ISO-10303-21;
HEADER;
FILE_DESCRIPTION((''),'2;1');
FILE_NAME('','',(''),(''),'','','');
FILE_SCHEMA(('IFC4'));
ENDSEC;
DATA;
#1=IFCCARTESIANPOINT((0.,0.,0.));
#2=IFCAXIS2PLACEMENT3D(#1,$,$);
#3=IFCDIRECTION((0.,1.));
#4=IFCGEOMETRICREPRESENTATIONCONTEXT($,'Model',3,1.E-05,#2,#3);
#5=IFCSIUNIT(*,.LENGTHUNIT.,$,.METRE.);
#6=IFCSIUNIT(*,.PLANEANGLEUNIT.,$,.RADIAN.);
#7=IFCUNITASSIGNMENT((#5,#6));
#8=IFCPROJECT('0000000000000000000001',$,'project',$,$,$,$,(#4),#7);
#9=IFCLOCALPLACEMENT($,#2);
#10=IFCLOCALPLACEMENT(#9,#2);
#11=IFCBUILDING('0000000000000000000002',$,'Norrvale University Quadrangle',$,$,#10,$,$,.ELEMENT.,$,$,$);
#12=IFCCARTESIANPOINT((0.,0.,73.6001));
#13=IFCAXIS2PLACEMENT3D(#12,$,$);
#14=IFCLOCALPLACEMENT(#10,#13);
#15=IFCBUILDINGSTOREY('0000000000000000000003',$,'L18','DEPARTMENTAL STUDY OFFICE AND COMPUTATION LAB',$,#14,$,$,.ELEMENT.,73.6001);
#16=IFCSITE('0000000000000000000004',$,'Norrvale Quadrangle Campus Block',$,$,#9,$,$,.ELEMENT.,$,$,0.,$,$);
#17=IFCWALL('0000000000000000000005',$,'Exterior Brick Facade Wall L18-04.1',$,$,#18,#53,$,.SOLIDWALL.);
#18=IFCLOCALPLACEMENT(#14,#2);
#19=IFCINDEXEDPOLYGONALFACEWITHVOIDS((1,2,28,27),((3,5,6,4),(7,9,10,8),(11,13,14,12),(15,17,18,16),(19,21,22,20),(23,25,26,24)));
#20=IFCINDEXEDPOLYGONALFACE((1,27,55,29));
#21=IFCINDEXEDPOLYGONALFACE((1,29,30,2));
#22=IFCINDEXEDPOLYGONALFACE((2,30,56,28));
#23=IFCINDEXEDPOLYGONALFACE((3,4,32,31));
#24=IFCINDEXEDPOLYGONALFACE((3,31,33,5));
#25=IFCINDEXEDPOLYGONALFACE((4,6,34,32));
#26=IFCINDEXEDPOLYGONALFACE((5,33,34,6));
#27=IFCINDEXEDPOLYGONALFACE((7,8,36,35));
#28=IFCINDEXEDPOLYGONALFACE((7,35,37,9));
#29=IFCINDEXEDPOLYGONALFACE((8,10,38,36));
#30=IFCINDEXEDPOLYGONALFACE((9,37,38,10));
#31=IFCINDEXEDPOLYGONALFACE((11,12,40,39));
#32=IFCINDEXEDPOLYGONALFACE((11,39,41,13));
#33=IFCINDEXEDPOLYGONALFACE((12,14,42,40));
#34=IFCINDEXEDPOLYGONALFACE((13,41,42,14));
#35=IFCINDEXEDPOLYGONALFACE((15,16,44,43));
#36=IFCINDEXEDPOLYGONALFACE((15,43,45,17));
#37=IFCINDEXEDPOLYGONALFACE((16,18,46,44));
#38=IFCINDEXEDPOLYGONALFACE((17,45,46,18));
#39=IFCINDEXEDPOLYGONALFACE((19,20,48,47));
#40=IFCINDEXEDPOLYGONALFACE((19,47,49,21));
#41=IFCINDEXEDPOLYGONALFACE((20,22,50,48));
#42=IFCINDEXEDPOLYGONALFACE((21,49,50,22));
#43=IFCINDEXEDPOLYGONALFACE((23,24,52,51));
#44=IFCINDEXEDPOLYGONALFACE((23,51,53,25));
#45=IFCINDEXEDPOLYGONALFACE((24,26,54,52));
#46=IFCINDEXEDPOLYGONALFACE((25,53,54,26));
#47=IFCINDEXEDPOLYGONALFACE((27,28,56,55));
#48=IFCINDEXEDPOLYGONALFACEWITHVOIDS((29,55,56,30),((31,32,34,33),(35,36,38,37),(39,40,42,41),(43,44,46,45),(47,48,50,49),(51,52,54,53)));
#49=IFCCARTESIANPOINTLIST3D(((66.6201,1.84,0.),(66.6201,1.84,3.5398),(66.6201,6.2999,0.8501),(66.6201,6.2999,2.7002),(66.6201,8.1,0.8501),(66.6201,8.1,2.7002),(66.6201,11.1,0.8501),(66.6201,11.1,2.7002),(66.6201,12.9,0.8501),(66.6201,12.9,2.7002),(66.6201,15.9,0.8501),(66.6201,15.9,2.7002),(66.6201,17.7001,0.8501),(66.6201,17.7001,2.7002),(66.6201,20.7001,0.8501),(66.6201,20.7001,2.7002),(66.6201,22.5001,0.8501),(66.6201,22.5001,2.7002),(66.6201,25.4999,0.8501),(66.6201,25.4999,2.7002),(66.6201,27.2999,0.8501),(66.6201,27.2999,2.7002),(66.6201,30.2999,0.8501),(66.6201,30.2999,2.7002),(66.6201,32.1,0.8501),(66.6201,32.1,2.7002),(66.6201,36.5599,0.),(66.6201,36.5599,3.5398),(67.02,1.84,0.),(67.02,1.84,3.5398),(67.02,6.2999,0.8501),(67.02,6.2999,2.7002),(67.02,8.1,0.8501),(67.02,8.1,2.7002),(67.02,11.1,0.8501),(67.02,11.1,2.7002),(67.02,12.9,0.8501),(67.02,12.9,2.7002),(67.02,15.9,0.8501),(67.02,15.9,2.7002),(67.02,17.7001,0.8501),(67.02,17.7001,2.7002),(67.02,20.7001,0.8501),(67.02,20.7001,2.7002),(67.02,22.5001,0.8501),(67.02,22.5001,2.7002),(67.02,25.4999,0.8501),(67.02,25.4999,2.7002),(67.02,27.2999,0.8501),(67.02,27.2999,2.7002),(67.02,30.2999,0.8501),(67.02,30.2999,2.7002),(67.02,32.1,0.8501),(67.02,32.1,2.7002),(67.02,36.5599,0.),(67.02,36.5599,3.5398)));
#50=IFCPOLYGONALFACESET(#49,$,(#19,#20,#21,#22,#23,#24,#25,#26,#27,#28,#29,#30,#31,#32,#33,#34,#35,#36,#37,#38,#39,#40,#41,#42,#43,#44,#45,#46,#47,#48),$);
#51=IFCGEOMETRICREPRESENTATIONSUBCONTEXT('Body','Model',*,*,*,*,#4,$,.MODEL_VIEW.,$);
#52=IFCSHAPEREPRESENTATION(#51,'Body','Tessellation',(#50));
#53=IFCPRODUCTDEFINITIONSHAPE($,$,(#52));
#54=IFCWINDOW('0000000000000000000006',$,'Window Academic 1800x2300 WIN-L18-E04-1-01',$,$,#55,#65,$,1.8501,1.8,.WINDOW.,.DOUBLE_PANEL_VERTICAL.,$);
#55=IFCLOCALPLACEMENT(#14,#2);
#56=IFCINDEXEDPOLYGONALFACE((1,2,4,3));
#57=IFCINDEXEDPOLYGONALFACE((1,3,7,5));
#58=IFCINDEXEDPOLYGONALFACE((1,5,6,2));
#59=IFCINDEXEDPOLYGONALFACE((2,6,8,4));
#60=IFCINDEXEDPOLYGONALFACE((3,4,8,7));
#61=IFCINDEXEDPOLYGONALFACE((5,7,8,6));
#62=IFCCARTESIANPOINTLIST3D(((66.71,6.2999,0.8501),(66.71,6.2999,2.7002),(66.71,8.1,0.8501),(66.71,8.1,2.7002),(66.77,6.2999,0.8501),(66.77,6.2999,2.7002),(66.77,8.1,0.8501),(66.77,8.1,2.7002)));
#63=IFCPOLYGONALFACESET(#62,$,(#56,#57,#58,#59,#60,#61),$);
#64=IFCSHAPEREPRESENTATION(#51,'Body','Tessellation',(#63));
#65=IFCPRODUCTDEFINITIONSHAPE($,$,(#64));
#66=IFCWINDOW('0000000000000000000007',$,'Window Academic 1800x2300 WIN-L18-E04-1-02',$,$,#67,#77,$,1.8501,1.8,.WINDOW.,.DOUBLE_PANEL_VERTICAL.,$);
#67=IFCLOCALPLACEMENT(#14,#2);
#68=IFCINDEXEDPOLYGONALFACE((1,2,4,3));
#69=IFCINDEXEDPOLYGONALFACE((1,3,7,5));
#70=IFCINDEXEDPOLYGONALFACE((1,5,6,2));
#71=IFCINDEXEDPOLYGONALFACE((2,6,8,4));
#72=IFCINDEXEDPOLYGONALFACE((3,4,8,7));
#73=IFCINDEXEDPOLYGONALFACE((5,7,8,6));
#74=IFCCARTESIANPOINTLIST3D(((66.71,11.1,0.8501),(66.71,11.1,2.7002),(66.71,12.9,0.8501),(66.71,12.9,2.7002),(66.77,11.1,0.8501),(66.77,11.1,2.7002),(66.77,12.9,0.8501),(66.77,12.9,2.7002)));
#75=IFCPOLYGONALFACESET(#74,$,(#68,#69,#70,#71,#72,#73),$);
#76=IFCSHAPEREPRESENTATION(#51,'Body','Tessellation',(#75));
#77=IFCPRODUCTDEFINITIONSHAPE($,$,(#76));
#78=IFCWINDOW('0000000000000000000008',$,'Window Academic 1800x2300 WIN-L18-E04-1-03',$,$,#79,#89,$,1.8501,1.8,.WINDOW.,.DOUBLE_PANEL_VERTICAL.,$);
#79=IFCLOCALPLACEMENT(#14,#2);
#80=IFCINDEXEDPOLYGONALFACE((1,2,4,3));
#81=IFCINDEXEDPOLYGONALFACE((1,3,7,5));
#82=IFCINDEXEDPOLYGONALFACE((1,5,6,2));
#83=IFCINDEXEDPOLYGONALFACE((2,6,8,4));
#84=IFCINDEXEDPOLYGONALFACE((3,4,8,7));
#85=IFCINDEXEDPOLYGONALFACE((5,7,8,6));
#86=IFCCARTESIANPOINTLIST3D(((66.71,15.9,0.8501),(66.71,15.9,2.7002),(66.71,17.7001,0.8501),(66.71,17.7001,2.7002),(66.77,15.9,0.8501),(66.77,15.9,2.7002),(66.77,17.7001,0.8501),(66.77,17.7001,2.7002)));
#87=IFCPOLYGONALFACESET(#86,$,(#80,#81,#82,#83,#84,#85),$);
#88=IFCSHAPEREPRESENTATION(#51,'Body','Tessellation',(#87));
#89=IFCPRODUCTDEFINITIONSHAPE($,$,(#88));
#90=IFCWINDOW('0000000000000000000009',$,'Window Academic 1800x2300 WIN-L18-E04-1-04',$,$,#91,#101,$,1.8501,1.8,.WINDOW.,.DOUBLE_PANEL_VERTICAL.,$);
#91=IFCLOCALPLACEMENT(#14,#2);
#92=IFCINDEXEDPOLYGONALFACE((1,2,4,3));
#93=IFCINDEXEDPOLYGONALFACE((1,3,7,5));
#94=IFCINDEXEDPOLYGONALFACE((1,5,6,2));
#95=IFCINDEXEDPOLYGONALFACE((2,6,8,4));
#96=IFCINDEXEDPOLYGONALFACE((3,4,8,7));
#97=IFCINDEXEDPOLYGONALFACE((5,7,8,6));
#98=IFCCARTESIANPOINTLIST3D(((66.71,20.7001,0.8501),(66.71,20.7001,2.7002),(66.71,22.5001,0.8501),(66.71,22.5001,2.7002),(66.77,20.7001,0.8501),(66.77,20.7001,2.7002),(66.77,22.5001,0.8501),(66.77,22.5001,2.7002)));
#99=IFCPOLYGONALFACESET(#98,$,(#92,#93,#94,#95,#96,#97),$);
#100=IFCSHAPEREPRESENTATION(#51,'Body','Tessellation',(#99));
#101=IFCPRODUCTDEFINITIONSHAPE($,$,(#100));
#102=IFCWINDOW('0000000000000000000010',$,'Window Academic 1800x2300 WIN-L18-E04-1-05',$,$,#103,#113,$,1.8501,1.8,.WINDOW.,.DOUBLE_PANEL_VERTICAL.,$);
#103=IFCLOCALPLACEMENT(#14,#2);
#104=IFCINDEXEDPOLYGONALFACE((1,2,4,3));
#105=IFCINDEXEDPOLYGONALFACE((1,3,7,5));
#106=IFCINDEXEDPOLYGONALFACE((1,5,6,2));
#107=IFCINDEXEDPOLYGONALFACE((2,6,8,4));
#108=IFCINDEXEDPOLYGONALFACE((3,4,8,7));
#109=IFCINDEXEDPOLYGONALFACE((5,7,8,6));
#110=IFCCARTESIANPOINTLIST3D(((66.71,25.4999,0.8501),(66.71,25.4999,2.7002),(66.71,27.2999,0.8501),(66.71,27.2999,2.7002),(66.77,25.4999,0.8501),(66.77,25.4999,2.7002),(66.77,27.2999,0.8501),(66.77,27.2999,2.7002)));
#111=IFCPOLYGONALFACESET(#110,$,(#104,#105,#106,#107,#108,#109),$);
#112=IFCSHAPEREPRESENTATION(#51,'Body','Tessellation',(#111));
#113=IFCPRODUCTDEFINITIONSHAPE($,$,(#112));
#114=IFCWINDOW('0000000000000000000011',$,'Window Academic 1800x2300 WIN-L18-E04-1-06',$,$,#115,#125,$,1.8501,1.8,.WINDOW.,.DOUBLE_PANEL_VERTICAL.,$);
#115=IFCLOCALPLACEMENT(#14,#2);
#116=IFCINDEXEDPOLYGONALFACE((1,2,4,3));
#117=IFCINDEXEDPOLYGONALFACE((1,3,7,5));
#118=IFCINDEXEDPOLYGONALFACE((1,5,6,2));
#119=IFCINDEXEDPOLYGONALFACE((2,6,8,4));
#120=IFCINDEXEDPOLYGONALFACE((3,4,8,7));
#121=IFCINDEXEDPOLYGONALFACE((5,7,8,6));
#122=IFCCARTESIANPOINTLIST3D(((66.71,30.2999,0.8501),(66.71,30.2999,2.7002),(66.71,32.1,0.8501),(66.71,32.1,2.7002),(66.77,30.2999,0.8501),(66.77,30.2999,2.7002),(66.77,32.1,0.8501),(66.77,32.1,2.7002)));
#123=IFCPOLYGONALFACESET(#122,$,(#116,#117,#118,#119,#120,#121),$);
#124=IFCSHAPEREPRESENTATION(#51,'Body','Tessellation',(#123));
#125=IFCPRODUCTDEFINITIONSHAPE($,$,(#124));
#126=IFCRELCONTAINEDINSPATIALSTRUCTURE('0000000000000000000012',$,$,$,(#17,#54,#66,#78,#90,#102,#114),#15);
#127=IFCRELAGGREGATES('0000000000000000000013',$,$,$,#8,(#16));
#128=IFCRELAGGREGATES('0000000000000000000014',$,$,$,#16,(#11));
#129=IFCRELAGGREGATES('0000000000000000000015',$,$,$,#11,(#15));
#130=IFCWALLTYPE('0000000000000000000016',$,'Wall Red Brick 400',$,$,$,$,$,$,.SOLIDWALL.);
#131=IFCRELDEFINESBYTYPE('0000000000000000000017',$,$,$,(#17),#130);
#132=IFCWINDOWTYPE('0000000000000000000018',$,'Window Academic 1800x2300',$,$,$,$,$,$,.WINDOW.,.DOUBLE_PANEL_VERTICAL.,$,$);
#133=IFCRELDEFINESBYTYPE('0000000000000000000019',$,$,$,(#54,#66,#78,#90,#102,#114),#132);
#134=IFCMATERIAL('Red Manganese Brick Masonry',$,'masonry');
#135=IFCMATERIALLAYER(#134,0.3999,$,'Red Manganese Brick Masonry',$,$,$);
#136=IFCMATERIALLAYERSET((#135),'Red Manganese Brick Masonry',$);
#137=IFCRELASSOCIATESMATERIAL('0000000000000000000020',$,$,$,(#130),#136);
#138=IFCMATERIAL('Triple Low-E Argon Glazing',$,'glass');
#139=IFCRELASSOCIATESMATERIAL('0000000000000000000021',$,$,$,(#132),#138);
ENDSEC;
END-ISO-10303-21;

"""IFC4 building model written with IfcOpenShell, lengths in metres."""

from ifc_helpers import new_model, si_unit, direction, frame, frame_2d, origin, place, context, subcontext, project, spatial, rectangle, extrude, material, layer, layer_set, type_object, element, fill, save


model = new_model("IFC4")

# Units and contexts
model_context = context("Model", 3, precision=1e-05, world=origin(), true_north=direction((0.0, 1.0)))
body_context = subcontext(model_context, "Body", "Model", "MODEL_VIEW")
ifc_project = project(units=[si_unit("LENGTHUNIT", "METRE"), si_unit("PLANEANGLEUNIT", "RADIAN")], contexts=[model_context])

# Site, building, storey
site_placement = place(None, origin())
site = spatial("IfcSite", under=ifc_project, at=site_placement, Name="Norrvale Quadrangle Campus Block", CompositionType="ELEMENT", RefElevation=0.0)
building_placement = place(site_placement, origin())
building = spatial("IfcBuilding", under=site, at=building_placement, Name="Norrvale University Quadrangle", CompositionType="ELEMENT")
storey_placement = place(building_placement, frame((0.0, 0.0, 73.6001)))
storey = spatial("IfcBuildingStorey", under=building, at=storey_placement, Name="L18", Description="DEPARTMENTAL STUDY OFFICE AND COMPUTATION LAB", CompositionType="ELEMENT", Elevation=73.6001)

# Shared definitions
ifc_material_1 = material(Name="Red Manganese Brick Masonry", Category="masonry")
ifc_layer_1 = layer(ifc_material_1, 0.3999, Name="Red Manganese Brick Masonry")
ifc_layer_set_1 = layer_set([ifc_layer_1], Name="Red Manganese Brick Masonry")
wall_type_1 = type_object("IfcWallType", Name="Wall Red Brick 400", PredefinedType="SOLIDWALL", material=ifc_layer_set_1)

# Wall, openings, windows
wall_1_placement = place(storey_placement, frame((66.8201, 1.8401, 0.0), z_axis=(0.0, 0.0, 1.0), x_axis=(0.0, 1.0, 0.0)))
wall_1 = element("IfcWall", 1, at=wall_1_placement, inside=storey, type_object=wall_type_1, Name="Exterior Brick Facade Wall L18-04.1", PredefinedType="SOLIDWALL", context=body_context, shape_type="SweptSolid", body=[
    extrude(rectangle(XDim=34.72, YDim=0.3999, at=frame_2d((17.3599, 0.0))), origin(), (0.0, 0.0, 1.0), 3.5398),
])
opening_1_placement = place(wall_1_placement, frame((4.46, 0.0, 0.8501)))
opening_1 = element("IfcOpeningElement", 2, at=opening_1_placement, cuts=wall_1, PredefinedType="OPENING", context=body_context, shape_type="SweptSolid", body=[
    extrude(rectangle(XDim=1.8, YDim=1.8501, at=frame_2d((0.8999, 0.925))), frame((0.0, 0.2119, 0.0), z_axis=(0.0, -1.0, 0.0), x_axis=(1.0, 0.0, 0.0)), (0.0, 0.0, 1.0), 0.4238),
])
opening_2_placement = place(wall_1_placement, frame((9.26, 0.0, 0.8501)))
opening_2 = element("IfcOpeningElement", 3, at=opening_2_placement, cuts=wall_1, PredefinedType="OPENING", context=body_context, shape_type="SweptSolid", body=[
    extrude(rectangle(XDim=1.8, YDim=1.8501, at=frame_2d((0.8999, 0.925))), frame((0.0, 0.2119, 0.0), z_axis=(0.0, -1.0, 0.0), x_axis=(1.0, 0.0, 0.0)), (0.0, 0.0, 1.0), 0.4238),
])
opening_3_placement = place(wall_1_placement, frame((14.0601, 0.0, 0.8501)))
opening_3 = element("IfcOpeningElement", 4, at=opening_3_placement, cuts=wall_1, PredefinedType="OPENING", context=body_context, shape_type="SweptSolid", body=[
    extrude(rectangle(XDim=1.8, YDim=1.8501, at=frame_2d((0.8999, 0.925))), frame((0.0, 0.2119, 0.0), z_axis=(0.0, -1.0, 0.0), x_axis=(1.0, 0.0, 0.0)), (0.0, 0.0, 1.0), 0.4238),
])
opening_4_placement = place(wall_1_placement, frame((18.8601, 0.0, 0.8501)))
opening_4 = element("IfcOpeningElement", 5, at=opening_4_placement, cuts=wall_1, PredefinedType="OPENING", context=body_context, shape_type="SweptSolid", body=[
    extrude(rectangle(XDim=1.8, YDim=1.8501, at=frame_2d((0.8999, 0.925))), frame((0.0, 0.2119, 0.0), z_axis=(0.0, -1.0, 0.0), x_axis=(1.0, 0.0, 0.0)), (0.0, 0.0, 1.0), 0.4238),
])
opening_5_placement = place(wall_1_placement, frame((23.6599, 0.0, 0.8501)))
opening_5 = element("IfcOpeningElement", 6, at=opening_5_placement, cuts=wall_1, PredefinedType="OPENING", context=body_context, shape_type="SweptSolid", body=[
    extrude(rectangle(XDim=1.8, YDim=1.8501, at=frame_2d((0.8999, 0.925))), frame((0.0, 0.2119, 0.0), z_axis=(0.0, -1.0, 0.0), x_axis=(1.0, 0.0, 0.0)), (0.0, 0.0, 1.0), 0.4238),
])
opening_6_placement = place(wall_1_placement, frame((28.46, 0.0, 0.8501)))
opening_6 = element("IfcOpeningElement", 7, at=opening_6_placement, cuts=wall_1, PredefinedType="OPENING", context=body_context, shape_type="SweptSolid", body=[
    extrude(rectangle(XDim=1.8, YDim=1.8501, at=frame_2d((0.8999, 0.925))), frame((0.0, 0.2119, 0.0), z_axis=(0.0, -1.0, 0.0), x_axis=(1.0, 0.0, 0.0)), (0.0, 0.0, 1.0), 0.4238),
])
ifc_material_2 = material(Name="Triple Low-E Argon Glazing", Category="glass")
window_type = type_object("IfcWindowType", Name="Window Academic 1800x2300", PartitioningType="DOUBLE_PANEL_VERTICAL", PredefinedType="WINDOW", material=ifc_material_2)
window_1_placement = place(opening_1_placement, origin())
window_1 = element("IfcWindow", 8, at=window_1_placement, inside=storey, type_object=window_type, Name="Window Academic 1800x2300 WIN-L18-E04-1-01", OverallHeight=1.8501, OverallWidth=1.8, PartitioningType="DOUBLE_PANEL_VERTICAL", PredefinedType="WINDOW", context=body_context, shape_type="SweptSolid", body=[
    extrude(rectangle(XDim=1.8, YDim=1.8501, at=frame_2d((0.8999, 0.925))), frame((0.0, 0.1101, 0.0), z_axis=(0.0, -1.0, 0.0), x_axis=(1.0, 0.0, 0.0)), (0.0, 0.0, 1.0), 0.0601),
])
fill(opening_1, window_1)
window_2_placement = place(opening_2_placement, origin())
window_2 = element("IfcWindow", 9, at=window_2_placement, inside=storey, type_object=window_type, Name="Window Academic 1800x2300 WIN-L18-E04-1-02", OverallHeight=1.8501, OverallWidth=1.8, PartitioningType="DOUBLE_PANEL_VERTICAL", PredefinedType="WINDOW", context=body_context, shape_type="SweptSolid", body=[
    extrude(rectangle(XDim=1.8, YDim=1.8501, at=frame_2d((0.8999, 0.925))), frame((0.0, 0.1101, 0.0), z_axis=(0.0, -1.0, 0.0), x_axis=(1.0, 0.0, 0.0)), (0.0, 0.0, 1.0), 0.0601),
])
fill(opening_2, window_2)
window_3_placement = place(opening_3_placement, origin())
window_3 = element("IfcWindow", 10, at=window_3_placement, inside=storey, type_object=window_type, Name="Window Academic 1800x2300 WIN-L18-E04-1-03", OverallHeight=1.8501, OverallWidth=1.8, PartitioningType="DOUBLE_PANEL_VERTICAL", PredefinedType="WINDOW", context=body_context, shape_type="SweptSolid", body=[
    extrude(rectangle(XDim=1.8, YDim=1.8501, at=frame_2d((0.8999, 0.925))), frame((0.0, 0.1101, 0.0), z_axis=(0.0, -1.0, 0.0), x_axis=(1.0, 0.0, 0.0)), (0.0, 0.0, 1.0), 0.0601),
])
fill(opening_3, window_3)
window_4_placement = place(opening_4_placement, origin())
window_4 = element("IfcWindow", 11, at=window_4_placement, inside=storey, type_object=window_type, Name="Window Academic 1800x2300 WIN-L18-E04-1-04", OverallHeight=1.8501, OverallWidth=1.8, PartitioningType="DOUBLE_PANEL_VERTICAL", PredefinedType="WINDOW", context=body_context, shape_type="SweptSolid", body=[
    extrude(rectangle(XDim=1.8, YDim=1.8501, at=frame_2d((0.8999, 0.925))), frame((0.0, 0.1101, 0.0), z_axis=(0.0, -1.0, 0.0), x_axis=(1.0, 0.0, 0.0)), (0.0, 0.0, 1.0), 0.0601),
])
fill(opening_4, window_4)
window_5_placement = place(opening_5_placement, origin())
window_5 = element("IfcWindow", 12, at=window_5_placement, inside=storey, type_object=window_type, Name="Window Academic 1800x2300 WIN-L18-E04-1-05", OverallHeight=1.8501, OverallWidth=1.8, PartitioningType="DOUBLE_PANEL_VERTICAL", PredefinedType="WINDOW", context=body_context, shape_type="SweptSolid", body=[
    extrude(rectangle(XDim=1.8, YDim=1.8501, at=frame_2d((0.8999, 0.925))), frame((0.0, 0.1101, 0.0), z_axis=(0.0, -1.0, 0.0), x_axis=(1.0, 0.0, 0.0)), (0.0, 0.0, 1.0), 0.0601),
])
fill(opening_5, window_5)
window_6_placement = place(opening_6_placement, origin())
window_6 = element("IfcWindow", 13, at=window_6_placement, inside=storey, type_object=window_type, Name="Window Academic 1800x2300 WIN-L18-E04-1-06", OverallHeight=1.8501, OverallWidth=1.8, PartitioningType="DOUBLE_PANEL_VERTICAL", PredefinedType="WINDOW", context=body_context, shape_type="SweptSolid", body=[
    extrude(rectangle(XDim=1.8, YDim=1.8501, at=frame_2d((0.8999, 0.925))), frame((0.0, 0.1101, 0.0), z_axis=(0.0, -1.0, 0.0), x_axis=(1.0, 0.0, 0.0)), (0.0, 0.0, 1.0), 0.0601),
])
fill(opening_6, window_6)

save(model, "model.ifc")
